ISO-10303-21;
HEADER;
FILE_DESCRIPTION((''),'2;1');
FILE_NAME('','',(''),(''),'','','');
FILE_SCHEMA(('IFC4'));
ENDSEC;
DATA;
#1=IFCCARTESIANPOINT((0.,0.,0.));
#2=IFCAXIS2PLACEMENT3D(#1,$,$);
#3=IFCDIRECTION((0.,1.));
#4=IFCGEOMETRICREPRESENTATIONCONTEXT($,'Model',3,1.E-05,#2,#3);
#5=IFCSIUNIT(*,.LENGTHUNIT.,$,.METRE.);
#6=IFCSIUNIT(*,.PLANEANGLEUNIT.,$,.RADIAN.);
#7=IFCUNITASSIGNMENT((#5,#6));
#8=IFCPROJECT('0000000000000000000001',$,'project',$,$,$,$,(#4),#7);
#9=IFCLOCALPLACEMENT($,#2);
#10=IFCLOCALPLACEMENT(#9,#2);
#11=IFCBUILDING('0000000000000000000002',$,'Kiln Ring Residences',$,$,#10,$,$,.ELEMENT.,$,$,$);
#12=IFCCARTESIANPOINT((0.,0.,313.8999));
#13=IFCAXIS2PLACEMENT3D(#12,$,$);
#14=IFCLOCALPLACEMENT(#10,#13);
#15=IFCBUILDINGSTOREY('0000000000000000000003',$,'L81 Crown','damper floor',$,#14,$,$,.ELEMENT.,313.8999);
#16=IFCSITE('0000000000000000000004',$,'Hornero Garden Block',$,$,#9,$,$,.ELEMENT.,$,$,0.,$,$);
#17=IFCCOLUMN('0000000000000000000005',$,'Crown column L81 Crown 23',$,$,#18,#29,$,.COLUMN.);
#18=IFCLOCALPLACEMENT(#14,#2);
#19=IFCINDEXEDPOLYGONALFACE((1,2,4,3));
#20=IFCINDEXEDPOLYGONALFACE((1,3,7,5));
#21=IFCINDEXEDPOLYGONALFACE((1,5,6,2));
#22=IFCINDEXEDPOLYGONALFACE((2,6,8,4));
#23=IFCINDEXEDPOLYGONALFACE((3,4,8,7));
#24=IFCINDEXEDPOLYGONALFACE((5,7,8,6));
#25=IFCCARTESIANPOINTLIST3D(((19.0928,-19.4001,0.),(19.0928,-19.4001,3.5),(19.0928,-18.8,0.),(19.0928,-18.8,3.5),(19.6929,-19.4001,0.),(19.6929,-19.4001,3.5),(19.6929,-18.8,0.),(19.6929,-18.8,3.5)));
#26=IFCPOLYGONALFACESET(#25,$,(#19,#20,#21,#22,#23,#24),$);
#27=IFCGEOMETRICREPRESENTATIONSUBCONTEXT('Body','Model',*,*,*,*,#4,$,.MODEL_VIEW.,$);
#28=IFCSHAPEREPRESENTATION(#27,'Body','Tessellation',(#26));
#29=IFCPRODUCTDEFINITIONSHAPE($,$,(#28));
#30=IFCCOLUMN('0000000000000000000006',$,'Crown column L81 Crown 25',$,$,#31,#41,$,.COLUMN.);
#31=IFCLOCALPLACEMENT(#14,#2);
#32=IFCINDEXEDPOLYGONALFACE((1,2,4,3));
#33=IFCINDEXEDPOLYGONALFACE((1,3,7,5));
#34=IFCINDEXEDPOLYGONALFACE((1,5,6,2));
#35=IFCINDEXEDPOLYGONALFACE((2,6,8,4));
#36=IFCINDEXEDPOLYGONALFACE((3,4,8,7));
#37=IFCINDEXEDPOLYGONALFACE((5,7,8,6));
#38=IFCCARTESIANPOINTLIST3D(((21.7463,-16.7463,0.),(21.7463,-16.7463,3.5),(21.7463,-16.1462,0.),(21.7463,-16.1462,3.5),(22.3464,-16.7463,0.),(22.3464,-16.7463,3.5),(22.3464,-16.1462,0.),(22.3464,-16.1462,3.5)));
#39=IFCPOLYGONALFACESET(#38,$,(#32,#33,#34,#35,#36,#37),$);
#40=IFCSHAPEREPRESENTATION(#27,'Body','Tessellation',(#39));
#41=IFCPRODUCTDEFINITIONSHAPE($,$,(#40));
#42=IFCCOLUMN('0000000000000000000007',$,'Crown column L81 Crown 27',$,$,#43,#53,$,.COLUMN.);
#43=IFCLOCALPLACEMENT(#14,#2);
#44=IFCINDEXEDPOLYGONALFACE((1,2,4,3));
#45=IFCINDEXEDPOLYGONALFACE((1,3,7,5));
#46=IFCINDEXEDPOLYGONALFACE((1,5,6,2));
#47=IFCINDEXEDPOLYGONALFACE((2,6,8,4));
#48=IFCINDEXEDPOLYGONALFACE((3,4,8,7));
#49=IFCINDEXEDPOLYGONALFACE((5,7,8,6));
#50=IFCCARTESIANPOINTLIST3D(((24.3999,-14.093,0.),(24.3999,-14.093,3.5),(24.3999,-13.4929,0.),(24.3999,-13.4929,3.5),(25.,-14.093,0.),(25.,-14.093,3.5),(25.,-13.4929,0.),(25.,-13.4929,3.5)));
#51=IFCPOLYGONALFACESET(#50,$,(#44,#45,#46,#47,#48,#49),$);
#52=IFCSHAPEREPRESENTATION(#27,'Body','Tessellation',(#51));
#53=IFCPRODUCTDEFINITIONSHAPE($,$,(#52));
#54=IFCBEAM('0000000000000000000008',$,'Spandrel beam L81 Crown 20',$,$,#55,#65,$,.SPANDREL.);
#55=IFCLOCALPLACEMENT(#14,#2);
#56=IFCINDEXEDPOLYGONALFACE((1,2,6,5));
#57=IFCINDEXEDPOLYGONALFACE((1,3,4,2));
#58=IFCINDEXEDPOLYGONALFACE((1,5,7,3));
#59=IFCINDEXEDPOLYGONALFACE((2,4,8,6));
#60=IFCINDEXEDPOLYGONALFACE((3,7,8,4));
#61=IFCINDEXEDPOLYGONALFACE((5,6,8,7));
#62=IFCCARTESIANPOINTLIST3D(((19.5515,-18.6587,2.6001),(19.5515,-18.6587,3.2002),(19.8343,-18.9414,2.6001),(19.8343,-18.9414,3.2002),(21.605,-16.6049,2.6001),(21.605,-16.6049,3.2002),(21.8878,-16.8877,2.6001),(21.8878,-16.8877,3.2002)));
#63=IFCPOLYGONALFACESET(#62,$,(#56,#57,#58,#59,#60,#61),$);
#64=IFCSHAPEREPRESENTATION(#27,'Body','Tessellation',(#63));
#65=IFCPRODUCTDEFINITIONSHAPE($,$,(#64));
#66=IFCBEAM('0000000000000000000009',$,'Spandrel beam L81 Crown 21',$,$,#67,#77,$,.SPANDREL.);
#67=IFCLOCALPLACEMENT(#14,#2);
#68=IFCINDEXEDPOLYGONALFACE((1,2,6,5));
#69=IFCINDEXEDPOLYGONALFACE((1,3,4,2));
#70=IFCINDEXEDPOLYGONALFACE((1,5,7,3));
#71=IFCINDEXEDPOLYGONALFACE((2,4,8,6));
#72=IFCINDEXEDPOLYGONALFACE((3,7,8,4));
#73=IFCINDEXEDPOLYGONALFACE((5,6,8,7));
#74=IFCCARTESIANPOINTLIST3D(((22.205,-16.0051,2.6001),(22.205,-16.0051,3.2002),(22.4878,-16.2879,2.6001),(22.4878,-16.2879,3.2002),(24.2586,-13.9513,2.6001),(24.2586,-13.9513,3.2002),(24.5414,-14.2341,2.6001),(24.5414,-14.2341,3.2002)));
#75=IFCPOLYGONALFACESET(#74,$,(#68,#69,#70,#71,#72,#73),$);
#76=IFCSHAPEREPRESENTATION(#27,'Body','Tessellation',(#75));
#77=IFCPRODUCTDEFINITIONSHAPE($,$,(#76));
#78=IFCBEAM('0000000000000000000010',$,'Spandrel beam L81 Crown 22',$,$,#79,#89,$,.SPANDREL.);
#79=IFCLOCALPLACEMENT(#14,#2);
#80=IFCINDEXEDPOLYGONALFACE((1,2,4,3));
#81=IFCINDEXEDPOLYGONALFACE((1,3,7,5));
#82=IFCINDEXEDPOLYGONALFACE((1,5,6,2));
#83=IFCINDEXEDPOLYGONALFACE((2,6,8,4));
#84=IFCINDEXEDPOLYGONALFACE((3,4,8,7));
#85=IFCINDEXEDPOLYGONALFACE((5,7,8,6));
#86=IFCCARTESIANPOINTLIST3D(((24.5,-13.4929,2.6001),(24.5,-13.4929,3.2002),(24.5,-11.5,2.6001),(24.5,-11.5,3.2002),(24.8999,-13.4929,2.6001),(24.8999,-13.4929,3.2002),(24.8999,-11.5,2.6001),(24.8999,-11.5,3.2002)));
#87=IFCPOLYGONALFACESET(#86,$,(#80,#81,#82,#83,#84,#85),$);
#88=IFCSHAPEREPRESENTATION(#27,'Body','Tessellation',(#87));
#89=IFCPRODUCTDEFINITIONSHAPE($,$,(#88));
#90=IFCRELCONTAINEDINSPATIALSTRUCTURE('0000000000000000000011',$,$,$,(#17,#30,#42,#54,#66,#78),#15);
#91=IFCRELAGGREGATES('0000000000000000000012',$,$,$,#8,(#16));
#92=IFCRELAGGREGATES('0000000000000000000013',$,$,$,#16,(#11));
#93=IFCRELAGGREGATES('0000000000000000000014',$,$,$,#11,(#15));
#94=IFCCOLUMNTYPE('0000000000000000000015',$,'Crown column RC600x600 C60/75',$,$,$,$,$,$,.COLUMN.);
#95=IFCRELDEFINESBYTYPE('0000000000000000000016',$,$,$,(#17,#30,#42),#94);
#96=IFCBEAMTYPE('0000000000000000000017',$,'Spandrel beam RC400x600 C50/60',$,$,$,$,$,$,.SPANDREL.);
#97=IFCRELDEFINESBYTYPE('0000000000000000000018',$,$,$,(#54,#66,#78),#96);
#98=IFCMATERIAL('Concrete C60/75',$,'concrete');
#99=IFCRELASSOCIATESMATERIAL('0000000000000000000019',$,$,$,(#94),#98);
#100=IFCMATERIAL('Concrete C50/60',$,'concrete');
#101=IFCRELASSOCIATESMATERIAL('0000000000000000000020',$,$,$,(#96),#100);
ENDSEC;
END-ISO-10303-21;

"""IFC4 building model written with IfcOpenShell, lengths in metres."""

from ifc_helpers import new_model, si_unit, direction, frame, origin, origin_2d, place, context, subcontext, project, spatial, rectangle, extrude, material, material_profile, profile_set, type_object, element, save


model = new_model("IFC4")

# Units and contexts
model_context = context("Model", 3, precision=1e-05, world=origin(), true_north=direction((0.0, 1.0)))
body_context = subcontext(model_context, "Body", "Model", "MODEL_VIEW")
ifc_project = project(units=[si_unit("LENGTHUNIT", "METRE"), si_unit("PLANEANGLEUNIT", "RADIAN")], contexts=[model_context])

# Site, building, storey
site_placement = place(None, origin())
site = spatial("IfcSite", under=ifc_project, at=site_placement, Name="Hornero Garden Block", CompositionType="ELEMENT", RefElevation=0.0)
building_placement = place(site_placement, origin())
building = spatial("IfcBuilding", under=site, at=building_placement, Name="Kiln Ring Residences", CompositionType="ELEMENT")
storey_placement = place(building_placement, frame((0.0, 0.0, 313.8999)))
storey = spatial("IfcBuildingStorey", under=building, at=storey_placement, Name="L81 Crown", Description="damper floor", CompositionType="ELEMENT", Elevation=313.8999)

# Columns
ifc_material_1 = material(Name="Concrete C60/75", Category="concrete")
ifc_material_profile_1 = material_profile(ifc_material_1, rectangle(XDim=0.6001, YDim=0.6001, at=origin_2d()), Name="RC600x600")
ifc_profile_set_1 = profile_set([ifc_material_profile_1], Name="Concrete C60/75")
column_type = type_object("IfcColumnType", Name="Crown column RC600x600 C60/75", PredefinedType="COLUMN", material=ifc_profile_set_1)
for number, where, z_axis, x_axis, name in (
    (1, (19.3928, -19.1001, 0.0), (0.0, 0.0, 1.0), (1.0, 0.0, 0.0), "Crown column L81 Crown 23"),
    (2, (22.0464, -16.4463, 0.0), (0.0, 0.0, 1.0), (1.0, 0.0, 0.0), "Crown column L81 Crown 25"),
    (3, (24.7, -13.793, 0.0), (0.0, 0.0, 1.0), (1.0, 0.0, 0.0), "Crown column L81 Crown 27"),
):
    element("IfcColumn", number, at=place(storey_placement, frame(where, z_axis=z_axis, x_axis=x_axis)), inside=storey, type_object=column_type, Name=name, PredefinedType="COLUMN", context=body_context, shape_type="SweptSolid", body=[
        extrude(rectangle(XDim=0.6001, YDim=0.6001, at=origin_2d()), origin(), (0.0, 0.0, 1.0), 3.5),
    ])

# Beams
ifc_material_2 = material(Name="Concrete C50/60", Category="concrete")
ifc_material_profile_2 = material_profile(ifc_material_2, rectangle(XDim=0.3999, YDim=0.6001, at=origin_2d()), Name="RC400x600")
ifc_profile_set_2 = profile_set([ifc_material_profile_2], Name="Concrete C50/60")
beam_type = type_object("IfcBeamType", Name="Spandrel beam RC400x600 C50/60", PredefinedType="SPANDREL", material=ifc_profile_set_2)
for number, where, z_axis, x_axis, name in (
    (4, (19.6929, -18.8, 2.9001), (0.707065, 0.707149, 0.0), (-0.707149, 0.707065, 0.0), "Spandrel beam L81 Crown 20"),
    (5, (22.3464, -16.1465, 2.9001), (0.707065, 0.707149, 0.0), (-0.707149, 0.707065, 0.0), "Spandrel beam L81 Crown 21"),
):
    element("IfcBeam", number, at=place(storey_placement, frame(where, z_axis=z_axis, x_axis=x_axis)), inside=storey, type_object=beam_type, Name=name, PredefinedType="SPANDREL", context=body_context, shape_type="SweptSolid", body=[
        extrude(rectangle(XDim=0.3999, YDim=0.6001, at=origin_2d()), origin(), (0.0, 0.0, 1.0), 2.9043),
    ])
beam_placement = place(storey_placement, frame((24.7, -13.4929, 2.9001), z_axis=(0.0, 1.0, 0.0), x_axis=(-1.0, 0.0, 0.0)))
element("IfcBeam", 6, at=beam_placement, inside=storey, type_object=beam_type, Name="Spandrel beam L81 Crown 22", PredefinedType="SPANDREL", context=body_context, shape_type="SweptSolid", body=[
    extrude(rectangle(XDim=0.3999, YDim=0.6001, at=origin_2d()), origin(), (0.0, 0.0, 1.0), 1.9929),
])

save(model, "model.ifc")
